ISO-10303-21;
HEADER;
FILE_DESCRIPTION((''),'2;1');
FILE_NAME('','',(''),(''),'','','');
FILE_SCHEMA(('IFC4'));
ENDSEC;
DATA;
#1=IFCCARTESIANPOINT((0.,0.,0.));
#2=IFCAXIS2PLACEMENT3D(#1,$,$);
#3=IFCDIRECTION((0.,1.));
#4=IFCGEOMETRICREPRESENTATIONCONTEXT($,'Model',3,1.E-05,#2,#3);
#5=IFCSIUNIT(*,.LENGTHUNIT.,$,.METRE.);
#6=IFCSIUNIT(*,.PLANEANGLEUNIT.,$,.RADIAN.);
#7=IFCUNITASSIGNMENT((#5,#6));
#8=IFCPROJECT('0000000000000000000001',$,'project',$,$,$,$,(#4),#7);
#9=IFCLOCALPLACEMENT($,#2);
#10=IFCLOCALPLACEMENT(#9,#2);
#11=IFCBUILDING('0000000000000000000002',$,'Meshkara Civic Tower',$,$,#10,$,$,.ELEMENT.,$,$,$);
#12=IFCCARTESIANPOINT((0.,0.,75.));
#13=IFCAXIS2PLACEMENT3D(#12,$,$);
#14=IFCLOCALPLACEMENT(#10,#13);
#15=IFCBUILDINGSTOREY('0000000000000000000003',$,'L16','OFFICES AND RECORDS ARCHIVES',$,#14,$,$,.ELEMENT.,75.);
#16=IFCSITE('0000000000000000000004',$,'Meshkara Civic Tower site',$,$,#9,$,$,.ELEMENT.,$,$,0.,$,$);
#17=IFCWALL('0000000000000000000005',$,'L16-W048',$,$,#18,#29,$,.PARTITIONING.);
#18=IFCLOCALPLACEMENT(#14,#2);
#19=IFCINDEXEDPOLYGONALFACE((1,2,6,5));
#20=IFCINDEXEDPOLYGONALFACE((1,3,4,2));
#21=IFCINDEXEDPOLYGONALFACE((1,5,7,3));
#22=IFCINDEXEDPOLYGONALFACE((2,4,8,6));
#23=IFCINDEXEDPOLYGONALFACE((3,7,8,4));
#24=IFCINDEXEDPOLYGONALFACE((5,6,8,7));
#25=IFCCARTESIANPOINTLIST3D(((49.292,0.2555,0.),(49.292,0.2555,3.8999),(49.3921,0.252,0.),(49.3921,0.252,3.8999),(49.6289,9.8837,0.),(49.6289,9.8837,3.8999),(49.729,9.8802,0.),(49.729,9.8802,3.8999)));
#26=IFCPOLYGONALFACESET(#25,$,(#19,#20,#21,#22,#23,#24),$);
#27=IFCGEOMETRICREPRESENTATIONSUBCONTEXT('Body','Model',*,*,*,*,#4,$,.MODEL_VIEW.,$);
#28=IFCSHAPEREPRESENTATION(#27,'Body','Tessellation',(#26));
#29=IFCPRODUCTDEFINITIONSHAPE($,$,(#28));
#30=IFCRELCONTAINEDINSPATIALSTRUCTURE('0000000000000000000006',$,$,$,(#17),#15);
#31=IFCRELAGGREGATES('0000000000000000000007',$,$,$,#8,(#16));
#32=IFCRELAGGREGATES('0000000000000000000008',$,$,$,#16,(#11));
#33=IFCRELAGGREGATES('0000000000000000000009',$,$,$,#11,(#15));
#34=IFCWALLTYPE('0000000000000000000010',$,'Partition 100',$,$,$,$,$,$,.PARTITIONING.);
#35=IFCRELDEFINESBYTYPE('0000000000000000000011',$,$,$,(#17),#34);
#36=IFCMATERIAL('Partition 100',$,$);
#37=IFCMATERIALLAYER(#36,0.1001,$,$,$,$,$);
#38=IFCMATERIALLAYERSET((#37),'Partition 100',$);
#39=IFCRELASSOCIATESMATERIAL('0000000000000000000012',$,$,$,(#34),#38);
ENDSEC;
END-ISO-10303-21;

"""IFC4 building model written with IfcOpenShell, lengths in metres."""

from ifc_helpers import new_model, si_unit, direction, frame, frame_2d, origin, place, context, subcontext, project, spatial, rectangle, extrude, material, layer, layer_set, type_object, element, save


model = new_model("IFC4")

# Units and contexts
model_context = context("Model", 3, precision=1e-05, world=origin(), true_north=direction((0.0, 1.0)))
body_context = subcontext(model_context, "Body", "Model", "MODEL_VIEW")
ifc_project = project(units=[si_unit("LENGTHUNIT", "METRE"), si_unit("PLANEANGLEUNIT", "RADIAN")], contexts=[model_context])

# Site, building, storey
site_placement = place(None, origin())
site = spatial("IfcSite", under=ifc_project, at=site_placement, Name="Meshkara Civic Tower site", CompositionType="ELEMENT", RefElevation=0.0)
building_placement = place(site_placement, origin())
building = spatial("IfcBuilding", under=site, at=building_placement, Name="Meshkara Civic Tower", CompositionType="ELEMENT")
storey_placement = place(building_placement, frame((0.0, 0.0, 75.0)))
storey = spatial("IfcBuildingStorey", under=building, at=storey_placement, Name="L16", Description="OFFICES AND RECORDS ARCHIVES", CompositionType="ELEMENT", Elevation=75.0)

# Wall
ifc_material_1 = material(Name="Partition 100")
ifc_layer_1 = layer(ifc_material_1, 0.1001)
ifc_layer_set_1 = layer_set([ifc_layer_1], Name="Partition 100")
wall_type_1 = type_object("IfcWallType", Name="Partition 100", PredefinedType="PARTITIONING", material=ifc_layer_set_1)
wall_1_placement = place(storey_placement, frame((49.342, 0.2539, 0.0), z_axis=(0.0, 0.0, 1.0), x_axis=(0.034971, 0.999388, 0.0)))
element("IfcWall", 1, at=wall_1_placement, inside=storey, type_object=wall_type_1, Name="L16-W048", PredefinedType="PARTITIONING", context=body_context, shape_type="SweptSolid", body=[
    extrude(rectangle(XDim=9.634, YDim=0.1001, at=frame_2d((4.8169, 0.0))), origin(), (0.0, 0.0, 1.0), 3.8999),
])

save(model, "model.ifc")
